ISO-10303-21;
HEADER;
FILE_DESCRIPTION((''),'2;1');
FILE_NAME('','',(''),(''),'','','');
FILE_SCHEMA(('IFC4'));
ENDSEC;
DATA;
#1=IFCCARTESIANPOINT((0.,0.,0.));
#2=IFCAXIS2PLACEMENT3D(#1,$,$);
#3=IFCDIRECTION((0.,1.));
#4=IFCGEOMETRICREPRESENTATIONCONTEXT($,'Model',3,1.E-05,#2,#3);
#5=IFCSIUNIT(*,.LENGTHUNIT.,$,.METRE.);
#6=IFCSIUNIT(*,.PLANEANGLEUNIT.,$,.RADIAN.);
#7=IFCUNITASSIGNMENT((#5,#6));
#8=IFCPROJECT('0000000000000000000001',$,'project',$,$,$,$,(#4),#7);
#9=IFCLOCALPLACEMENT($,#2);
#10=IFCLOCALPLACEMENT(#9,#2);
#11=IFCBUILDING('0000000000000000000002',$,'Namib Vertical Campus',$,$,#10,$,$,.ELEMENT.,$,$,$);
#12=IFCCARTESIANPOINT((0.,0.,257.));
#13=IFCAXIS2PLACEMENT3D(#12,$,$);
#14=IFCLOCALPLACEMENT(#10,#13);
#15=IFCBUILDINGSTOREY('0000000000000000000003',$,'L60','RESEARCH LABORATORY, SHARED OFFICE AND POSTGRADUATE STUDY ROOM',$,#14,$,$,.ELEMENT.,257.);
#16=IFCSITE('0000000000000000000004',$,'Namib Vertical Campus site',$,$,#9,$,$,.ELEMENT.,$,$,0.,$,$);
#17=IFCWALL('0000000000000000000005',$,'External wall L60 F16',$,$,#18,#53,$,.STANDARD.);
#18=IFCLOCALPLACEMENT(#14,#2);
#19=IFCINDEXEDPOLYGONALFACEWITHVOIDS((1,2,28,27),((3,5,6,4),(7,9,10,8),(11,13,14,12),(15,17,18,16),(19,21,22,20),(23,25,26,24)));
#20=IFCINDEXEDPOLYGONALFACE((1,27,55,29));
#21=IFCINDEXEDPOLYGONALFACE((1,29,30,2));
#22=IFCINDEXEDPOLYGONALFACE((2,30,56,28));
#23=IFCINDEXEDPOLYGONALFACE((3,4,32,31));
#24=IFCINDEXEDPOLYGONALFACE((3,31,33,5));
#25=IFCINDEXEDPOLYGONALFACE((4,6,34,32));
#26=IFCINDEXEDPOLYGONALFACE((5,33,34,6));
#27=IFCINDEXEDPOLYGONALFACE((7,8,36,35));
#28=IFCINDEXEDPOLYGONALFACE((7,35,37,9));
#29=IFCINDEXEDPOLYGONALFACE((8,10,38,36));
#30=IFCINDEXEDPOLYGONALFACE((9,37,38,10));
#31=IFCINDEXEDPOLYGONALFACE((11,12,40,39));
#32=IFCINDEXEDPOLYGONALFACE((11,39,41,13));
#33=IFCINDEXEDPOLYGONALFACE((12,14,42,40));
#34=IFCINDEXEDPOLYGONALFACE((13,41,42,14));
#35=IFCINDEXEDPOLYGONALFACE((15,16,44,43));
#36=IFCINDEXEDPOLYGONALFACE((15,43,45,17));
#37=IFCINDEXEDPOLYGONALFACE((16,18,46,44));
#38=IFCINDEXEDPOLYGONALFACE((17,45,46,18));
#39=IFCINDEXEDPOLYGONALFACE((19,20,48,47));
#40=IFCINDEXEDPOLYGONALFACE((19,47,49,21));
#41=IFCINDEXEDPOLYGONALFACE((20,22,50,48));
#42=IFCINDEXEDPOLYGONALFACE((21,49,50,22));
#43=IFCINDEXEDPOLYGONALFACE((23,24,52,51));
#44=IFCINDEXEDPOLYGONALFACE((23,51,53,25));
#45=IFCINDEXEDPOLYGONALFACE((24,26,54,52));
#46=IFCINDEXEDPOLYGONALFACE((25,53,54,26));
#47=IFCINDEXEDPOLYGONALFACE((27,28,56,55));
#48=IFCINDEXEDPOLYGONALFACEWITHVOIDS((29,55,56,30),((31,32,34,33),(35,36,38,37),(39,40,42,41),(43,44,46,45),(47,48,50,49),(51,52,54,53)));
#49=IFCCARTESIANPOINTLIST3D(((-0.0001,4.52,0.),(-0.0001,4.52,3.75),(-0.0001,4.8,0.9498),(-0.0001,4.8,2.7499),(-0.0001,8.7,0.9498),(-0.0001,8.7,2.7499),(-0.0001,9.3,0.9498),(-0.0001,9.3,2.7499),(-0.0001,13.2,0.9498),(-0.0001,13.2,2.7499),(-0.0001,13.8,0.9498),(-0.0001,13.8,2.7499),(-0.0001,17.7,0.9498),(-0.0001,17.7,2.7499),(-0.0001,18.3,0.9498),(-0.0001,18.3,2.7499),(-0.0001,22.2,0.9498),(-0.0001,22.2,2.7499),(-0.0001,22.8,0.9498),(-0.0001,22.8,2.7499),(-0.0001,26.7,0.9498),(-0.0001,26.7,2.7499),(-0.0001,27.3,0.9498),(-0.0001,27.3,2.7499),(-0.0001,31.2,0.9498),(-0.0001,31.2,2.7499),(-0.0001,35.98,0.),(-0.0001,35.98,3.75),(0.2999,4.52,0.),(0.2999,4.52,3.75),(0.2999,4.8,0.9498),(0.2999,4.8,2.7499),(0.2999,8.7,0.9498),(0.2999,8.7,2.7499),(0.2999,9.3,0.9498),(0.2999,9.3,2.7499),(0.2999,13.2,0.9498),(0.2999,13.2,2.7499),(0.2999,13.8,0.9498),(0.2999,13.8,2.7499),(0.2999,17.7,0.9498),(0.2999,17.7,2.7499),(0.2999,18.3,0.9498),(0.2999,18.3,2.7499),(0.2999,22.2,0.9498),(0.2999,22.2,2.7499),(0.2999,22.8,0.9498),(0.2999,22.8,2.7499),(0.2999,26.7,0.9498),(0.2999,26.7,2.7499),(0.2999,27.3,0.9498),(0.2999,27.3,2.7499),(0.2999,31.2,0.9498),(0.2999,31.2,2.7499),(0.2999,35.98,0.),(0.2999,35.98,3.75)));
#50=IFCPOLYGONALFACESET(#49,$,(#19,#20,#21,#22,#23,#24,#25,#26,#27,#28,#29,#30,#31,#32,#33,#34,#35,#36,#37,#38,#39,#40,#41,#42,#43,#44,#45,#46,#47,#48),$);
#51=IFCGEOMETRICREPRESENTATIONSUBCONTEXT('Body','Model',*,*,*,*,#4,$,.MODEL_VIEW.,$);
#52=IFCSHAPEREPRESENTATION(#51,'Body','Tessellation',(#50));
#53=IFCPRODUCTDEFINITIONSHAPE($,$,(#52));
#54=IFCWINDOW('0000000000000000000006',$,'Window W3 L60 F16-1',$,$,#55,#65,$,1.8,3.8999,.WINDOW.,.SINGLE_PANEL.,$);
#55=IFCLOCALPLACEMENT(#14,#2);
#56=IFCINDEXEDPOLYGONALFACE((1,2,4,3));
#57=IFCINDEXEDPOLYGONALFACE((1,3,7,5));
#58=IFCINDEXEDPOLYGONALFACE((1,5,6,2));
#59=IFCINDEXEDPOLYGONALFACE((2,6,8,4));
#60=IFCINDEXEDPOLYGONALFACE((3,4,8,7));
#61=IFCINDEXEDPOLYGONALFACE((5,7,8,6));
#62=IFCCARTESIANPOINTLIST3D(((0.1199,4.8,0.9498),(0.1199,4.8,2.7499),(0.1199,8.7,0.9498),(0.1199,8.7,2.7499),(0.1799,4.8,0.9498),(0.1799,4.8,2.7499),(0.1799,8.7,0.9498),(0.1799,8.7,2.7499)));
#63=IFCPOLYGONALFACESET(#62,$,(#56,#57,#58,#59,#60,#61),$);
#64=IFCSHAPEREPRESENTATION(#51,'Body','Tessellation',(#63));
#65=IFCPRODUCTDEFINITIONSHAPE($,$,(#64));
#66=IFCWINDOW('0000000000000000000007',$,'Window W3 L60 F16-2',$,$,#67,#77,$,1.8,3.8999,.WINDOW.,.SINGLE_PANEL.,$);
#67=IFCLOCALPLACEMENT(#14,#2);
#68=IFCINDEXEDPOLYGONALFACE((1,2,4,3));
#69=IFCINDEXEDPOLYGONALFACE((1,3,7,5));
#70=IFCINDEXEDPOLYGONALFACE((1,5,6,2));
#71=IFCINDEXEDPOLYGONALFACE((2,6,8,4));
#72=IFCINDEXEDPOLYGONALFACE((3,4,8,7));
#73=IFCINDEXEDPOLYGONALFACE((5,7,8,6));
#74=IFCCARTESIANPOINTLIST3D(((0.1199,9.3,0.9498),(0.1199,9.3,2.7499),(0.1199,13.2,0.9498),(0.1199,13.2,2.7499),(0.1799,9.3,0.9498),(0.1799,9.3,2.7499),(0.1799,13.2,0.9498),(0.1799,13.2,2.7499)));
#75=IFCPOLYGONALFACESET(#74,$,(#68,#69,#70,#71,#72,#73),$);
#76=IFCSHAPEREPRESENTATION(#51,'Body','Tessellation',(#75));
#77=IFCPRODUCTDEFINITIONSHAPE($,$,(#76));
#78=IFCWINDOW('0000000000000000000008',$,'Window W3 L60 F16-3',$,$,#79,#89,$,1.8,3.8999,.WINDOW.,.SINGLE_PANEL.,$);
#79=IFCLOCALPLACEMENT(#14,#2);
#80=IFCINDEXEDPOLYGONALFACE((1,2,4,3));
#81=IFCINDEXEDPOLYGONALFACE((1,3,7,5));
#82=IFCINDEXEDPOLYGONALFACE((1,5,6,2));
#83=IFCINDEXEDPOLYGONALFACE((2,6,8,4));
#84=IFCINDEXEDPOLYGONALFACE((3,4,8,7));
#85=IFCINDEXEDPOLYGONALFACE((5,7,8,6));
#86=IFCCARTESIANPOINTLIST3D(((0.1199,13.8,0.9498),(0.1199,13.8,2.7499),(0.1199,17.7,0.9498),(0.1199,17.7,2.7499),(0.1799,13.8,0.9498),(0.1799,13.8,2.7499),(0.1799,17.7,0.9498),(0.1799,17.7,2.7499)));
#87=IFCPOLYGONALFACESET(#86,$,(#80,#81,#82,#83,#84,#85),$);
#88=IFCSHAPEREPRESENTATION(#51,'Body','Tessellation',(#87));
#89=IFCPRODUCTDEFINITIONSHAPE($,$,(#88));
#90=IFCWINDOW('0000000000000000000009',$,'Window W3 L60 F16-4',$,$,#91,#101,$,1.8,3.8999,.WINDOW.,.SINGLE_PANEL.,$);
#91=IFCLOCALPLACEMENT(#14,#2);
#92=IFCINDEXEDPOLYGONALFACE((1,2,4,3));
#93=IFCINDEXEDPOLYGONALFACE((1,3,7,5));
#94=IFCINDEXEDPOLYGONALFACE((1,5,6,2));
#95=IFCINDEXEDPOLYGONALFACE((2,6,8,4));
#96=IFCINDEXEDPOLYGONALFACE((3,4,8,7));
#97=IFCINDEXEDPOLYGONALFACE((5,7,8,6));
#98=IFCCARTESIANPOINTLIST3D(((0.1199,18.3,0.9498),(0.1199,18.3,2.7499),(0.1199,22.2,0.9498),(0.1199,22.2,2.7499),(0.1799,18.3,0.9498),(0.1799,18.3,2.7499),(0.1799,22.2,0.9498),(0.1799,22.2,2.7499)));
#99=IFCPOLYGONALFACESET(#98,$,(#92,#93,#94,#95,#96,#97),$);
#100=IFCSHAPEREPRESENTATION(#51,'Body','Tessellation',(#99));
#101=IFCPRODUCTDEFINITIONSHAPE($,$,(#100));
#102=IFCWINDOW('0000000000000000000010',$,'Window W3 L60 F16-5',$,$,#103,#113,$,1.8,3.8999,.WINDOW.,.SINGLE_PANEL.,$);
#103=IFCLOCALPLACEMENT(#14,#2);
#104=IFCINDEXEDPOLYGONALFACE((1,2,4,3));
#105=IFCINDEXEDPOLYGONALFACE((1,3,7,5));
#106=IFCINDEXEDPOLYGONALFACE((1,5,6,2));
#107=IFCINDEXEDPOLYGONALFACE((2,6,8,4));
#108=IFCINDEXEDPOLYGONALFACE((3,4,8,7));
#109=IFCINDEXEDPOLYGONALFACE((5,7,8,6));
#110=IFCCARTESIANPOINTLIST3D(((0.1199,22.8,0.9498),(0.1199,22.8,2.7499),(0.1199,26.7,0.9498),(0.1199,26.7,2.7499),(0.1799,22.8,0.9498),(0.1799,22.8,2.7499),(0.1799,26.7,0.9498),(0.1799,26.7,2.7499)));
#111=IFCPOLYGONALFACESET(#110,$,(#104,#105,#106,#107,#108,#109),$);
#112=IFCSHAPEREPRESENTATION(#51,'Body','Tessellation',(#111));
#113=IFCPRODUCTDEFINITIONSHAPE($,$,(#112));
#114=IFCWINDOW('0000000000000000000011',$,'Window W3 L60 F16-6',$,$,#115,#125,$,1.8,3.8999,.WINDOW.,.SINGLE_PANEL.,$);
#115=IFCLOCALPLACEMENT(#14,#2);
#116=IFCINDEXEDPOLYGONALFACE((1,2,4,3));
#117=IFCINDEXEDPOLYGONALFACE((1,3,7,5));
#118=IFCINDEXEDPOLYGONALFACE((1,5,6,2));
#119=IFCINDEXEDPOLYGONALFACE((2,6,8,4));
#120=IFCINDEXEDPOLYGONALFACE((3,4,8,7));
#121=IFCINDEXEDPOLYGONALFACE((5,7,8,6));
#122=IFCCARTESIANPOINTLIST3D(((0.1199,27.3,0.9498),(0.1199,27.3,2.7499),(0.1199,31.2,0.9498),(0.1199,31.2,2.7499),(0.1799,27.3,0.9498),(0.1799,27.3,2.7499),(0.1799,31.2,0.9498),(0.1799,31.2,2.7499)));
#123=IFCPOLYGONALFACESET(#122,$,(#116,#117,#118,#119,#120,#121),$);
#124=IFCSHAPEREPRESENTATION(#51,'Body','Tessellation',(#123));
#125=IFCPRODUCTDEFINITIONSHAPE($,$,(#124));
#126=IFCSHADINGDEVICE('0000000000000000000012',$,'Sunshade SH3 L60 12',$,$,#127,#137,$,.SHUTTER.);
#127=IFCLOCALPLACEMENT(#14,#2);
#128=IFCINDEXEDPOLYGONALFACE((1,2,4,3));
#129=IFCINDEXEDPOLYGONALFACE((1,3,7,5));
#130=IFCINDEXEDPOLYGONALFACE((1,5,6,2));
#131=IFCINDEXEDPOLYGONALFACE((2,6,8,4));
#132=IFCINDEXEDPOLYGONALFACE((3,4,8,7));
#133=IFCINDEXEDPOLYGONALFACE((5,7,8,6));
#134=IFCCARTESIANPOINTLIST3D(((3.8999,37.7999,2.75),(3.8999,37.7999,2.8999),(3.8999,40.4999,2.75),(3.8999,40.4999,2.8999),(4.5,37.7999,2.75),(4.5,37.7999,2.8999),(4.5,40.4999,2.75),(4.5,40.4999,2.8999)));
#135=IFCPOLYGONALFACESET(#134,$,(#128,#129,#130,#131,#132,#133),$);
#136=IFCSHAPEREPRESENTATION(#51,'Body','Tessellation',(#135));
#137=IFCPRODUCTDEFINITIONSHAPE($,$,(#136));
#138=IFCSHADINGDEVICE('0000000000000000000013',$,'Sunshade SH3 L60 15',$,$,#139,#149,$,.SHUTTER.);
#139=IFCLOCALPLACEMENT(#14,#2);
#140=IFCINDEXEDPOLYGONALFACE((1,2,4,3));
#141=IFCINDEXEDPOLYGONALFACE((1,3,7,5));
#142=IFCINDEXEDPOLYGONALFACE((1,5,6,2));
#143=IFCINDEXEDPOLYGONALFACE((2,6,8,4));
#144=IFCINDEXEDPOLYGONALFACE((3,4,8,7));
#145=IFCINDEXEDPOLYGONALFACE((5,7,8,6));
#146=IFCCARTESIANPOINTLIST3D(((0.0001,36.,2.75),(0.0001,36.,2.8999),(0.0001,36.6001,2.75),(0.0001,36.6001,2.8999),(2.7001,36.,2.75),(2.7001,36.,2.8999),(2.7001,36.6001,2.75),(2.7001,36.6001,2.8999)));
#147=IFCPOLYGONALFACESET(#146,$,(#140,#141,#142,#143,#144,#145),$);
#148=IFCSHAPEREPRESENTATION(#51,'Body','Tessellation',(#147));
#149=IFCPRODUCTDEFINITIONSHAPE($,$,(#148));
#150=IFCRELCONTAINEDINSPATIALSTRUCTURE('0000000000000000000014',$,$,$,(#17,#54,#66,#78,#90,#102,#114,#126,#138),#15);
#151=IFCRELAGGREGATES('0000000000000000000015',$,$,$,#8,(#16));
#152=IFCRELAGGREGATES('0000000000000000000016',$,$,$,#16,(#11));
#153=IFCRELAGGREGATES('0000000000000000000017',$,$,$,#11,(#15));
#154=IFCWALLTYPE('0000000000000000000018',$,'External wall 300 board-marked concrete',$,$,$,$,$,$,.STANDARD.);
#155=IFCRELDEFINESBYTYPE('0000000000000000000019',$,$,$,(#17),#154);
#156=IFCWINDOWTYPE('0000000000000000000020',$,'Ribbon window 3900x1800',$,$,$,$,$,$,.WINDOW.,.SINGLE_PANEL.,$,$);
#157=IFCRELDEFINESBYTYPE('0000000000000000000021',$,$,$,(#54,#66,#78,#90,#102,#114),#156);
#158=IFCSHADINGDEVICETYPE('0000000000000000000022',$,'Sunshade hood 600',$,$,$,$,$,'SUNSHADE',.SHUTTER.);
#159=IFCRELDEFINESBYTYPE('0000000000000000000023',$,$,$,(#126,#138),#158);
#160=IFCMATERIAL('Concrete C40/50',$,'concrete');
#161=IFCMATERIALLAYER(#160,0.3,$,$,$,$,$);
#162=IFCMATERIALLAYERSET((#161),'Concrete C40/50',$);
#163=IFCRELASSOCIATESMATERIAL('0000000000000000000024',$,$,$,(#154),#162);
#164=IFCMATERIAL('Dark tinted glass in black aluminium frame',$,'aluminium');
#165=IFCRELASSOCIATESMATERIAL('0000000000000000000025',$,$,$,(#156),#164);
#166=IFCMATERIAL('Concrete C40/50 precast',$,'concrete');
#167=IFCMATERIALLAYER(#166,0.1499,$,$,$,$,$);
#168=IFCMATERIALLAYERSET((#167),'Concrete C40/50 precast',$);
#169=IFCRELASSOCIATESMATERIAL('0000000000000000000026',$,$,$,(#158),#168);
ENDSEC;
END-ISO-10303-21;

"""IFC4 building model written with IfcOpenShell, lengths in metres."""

from ifc_helpers import new_model, si_unit, direction, frame, frame_2d, origin, origin_2d, place, context, subcontext, project, spatial, rectangle, extrude, material, layer, layer_set, type_object, element, fill, save


model = new_model("IFC4")

# Units and contexts
model_context = context("Model", 3, precision=1e-05, world=origin(), true_north=direction((0.0, 1.0)))
body_context = subcontext(model_context, "Body", "Model", "MODEL_VIEW")
ifc_project = project(units=[si_unit("LENGTHUNIT", "METRE"), si_unit("PLANEANGLEUNIT", "RADIAN")], contexts=[model_context])

# Site, building, storey
site_placement = place(None, origin())
site = spatial("IfcSite", under=ifc_project, at=site_placement, Name="Namib Vertical Campus site", CompositionType="ELEMENT", RefElevation=0.0)
building_placement = place(site_placement, origin())
building = spatial("IfcBuilding", under=site, at=building_placement, Name="Namib Vertical Campus", CompositionType="ELEMENT")
storey_placement = place(building_placement, frame((0.0, 0.0, 257.0)))
storey = spatial("IfcBuildingStorey", under=building, at=storey_placement, Name="L60", Description="RESEARCH LABORATORY, SHARED OFFICE AND POSTGRADUATE STUDY ROOM", CompositionType="ELEMENT", Elevation=257.0)

# Shared definitions
ifc_material_1 = material(Name="Concrete C40/50", Category="concrete")
ifc_layer_1 = layer(ifc_material_1, 0.3)
ifc_layer_set_1 = layer_set([ifc_layer_1], Name="Concrete C40/50")
wall_type_1 = type_object("IfcWallType", Name="External wall 300 board-marked concrete", PredefinedType="STANDARD", material=ifc_layer_set_1)

# Wall, openings, windows
wall_1_placement = place(storey_placement, frame((0.1499, 35.98, 0.0), z_axis=(0.0, 0.0, 1.0), x_axis=(0.0, -1.0, 0.0)))
wall_1 = element("IfcWall", 1, at=wall_1_placement, inside=storey, type_object=wall_type_1, Name="External wall L60 F16", PredefinedType="STANDARD", context=body_context, shape_type="SweptSolid", body=[
    extrude(rectangle(XDim=31.46, YDim=0.3, at=frame_2d((15.73, 0.0))), origin(), (0.0, 0.0, 1.0), 3.75),
])
opening_1_placement = place(wall_1_placement, frame((27.28, 0.0, 0.95)))
opening_1 = element("IfcOpeningElement", 2, at=opening_1_placement, cuts=wall_1, PredefinedType="OPENING", context=body_context, shape_type="SweptSolid", body=[
    extrude(rectangle(XDim=3.8999, YDim=1.8, at=frame_2d((1.95, 0.8999))), frame((0.0, 0.1599, 0.0), z_axis=(0.0, -1.0, 0.0), x_axis=(1.0, 0.0, 0.0)), (0.0, 0.0, 1.0), 0.3201),
])
opening_2_placement = place(wall_1_placement, frame((22.78, 0.0, 0.95)))
opening_2 = element("IfcOpeningElement", 3, at=opening_2_placement, cuts=wall_1, PredefinedType="OPENING", context=body_context, shape_type="SweptSolid", body=[
    extrude(rectangle(XDim=3.8999, YDim=1.8, at=frame_2d((1.95, 0.8999))), frame((0.0, 0.1599, 0.0), z_axis=(0.0, -1.0, 0.0), x_axis=(1.0, 0.0, 0.0)), (0.0, 0.0, 1.0), 0.3201),
])
opening_3_placement = place(wall_1_placement, frame((18.28, 0.0, 0.95)))
opening_3 = element("IfcOpeningElement", 4, at=opening_3_placement, cuts=wall_1, PredefinedType="OPENING", context=body_context, shape_type="SweptSolid", body=[
    extrude(rectangle(XDim=3.8999, YDim=1.8, at=frame_2d((1.95, 0.8999))), frame((0.0, 0.1599, 0.0), z_axis=(0.0, -1.0, 0.0), x_axis=(1.0, 0.0, 0.0)), (0.0, 0.0, 1.0), 0.3201),
])
opening_4_placement = place(wall_1_placement, frame((13.78, 0.0, 0.95)))
opening_4 = element("IfcOpeningElement", 5, at=opening_4_placement, cuts=wall_1, PredefinedType="OPENING", context=body_context, shape_type="SweptSolid", body=[
    extrude(rectangle(XDim=3.8999, YDim=1.8, at=frame_2d((1.95, 0.8999))), frame((0.0, 0.1599, 0.0), z_axis=(0.0, -1.0, 0.0), x_axis=(1.0, 0.0, 0.0)), (0.0, 0.0, 1.0), 0.3201),
])
opening_5_placement = place(wall_1_placement, frame((9.28, 0.0, 0.95)))
opening_5 = element("IfcOpeningElement", 6, at=opening_5_placement, cuts=wall_1, PredefinedType="OPENING", context=body_context, shape_type="SweptSolid", body=[
    extrude(rectangle(XDim=3.8999, YDim=1.8, at=frame_2d((1.95, 0.8999))), frame((0.0, 0.1599, 0.0), z_axis=(0.0, -1.0, 0.0), x_axis=(1.0, 0.0, 0.0)), (0.0, 0.0, 1.0), 0.3201),
])
opening_6_placement = place(wall_1_placement, frame((4.78, 0.0, 0.95)))
opening_6 = element("IfcOpeningElement", 7, at=opening_6_placement, cuts=wall_1, PredefinedType="OPENING", context=body_context, shape_type="SweptSolid", body=[
    extrude(rectangle(XDim=3.8999, YDim=1.8, at=frame_2d((1.95, 0.8999))), frame((0.0, 0.1599, 0.0), z_axis=(0.0, -1.0, 0.0), x_axis=(1.0, 0.0, 0.0)), (0.0, 0.0, 1.0), 0.3201),
])
ifc_material_2 = material(Name="Dark tinted glass in black aluminium frame", Category="aluminium")
window_type = type_object("IfcWindowType", Name="Ribbon window 3900x1800", PartitioningType="SINGLE_PANEL", PredefinedType="WINDOW", material=ifc_material_2)
window_1_placement = place(opening_1_placement, origin())
window_1 = element("IfcWindow", 8, at=window_1_placement, inside=storey, type_object=window_type, Name="Window W3 L60 F16-1", OverallHeight=1.8, OverallWidth=3.8999, PartitioningType="SINGLE_PANEL", PredefinedType="WINDOW", context=body_context, shape_type="SweptSolid", body=[
    extrude(rectangle(XDim=3.8999, YDim=1.8, at=frame_2d((1.95, 0.8999))), frame((0.0, 0.03, 0.0), z_axis=(0.0, -1.0, 0.0), x_axis=(1.0, 0.0, 0.0)), (0.0, 0.0, 1.0), 0.0601),
])
fill(opening_1, window_1)
window_2_placement = place(opening_2_placement, origin())
window_2 = element("IfcWindow", 9, at=window_2_placement, inside=storey, type_object=window_type, Name="Window W3 L60 F16-2", OverallHeight=1.8, OverallWidth=3.8999, PartitioningType="SINGLE_PANEL", PredefinedType="WINDOW", context=body_context, shape_type="SweptSolid", body=[
    extrude(rectangle(XDim=3.8999, YDim=1.8, at=frame_2d((1.95, 0.8999))), frame((0.0, 0.03, 0.0), z_axis=(0.0, -1.0, 0.0), x_axis=(1.0, 0.0, 0.0)), (0.0, 0.0, 1.0), 0.0601),
])
fill(opening_2, window_2)
window_3_placement = place(opening_3_placement, origin())
window_3 = element("IfcWindow", 10, at=window_3_placement, inside=storey, type_object=window_type, Name="Window W3 L60 F16-3", OverallHeight=1.8, OverallWidth=3.8999, PartitioningType="SINGLE_PANEL", PredefinedType="WINDOW", context=body_context, shape_type="SweptSolid", body=[
    extrude(rectangle(XDim=3.8999, YDim=1.8, at=frame_2d((1.95, 0.8999))), frame((0.0, 0.03, 0.0), z_axis=(0.0, -1.0, 0.0), x_axis=(1.0, 0.0, 0.0)), (0.0, 0.0, 1.0), 0.0601),
])
fill(opening_3, window_3)
window_4_placement = place(opening_4_placement, origin())
window_4 = element("IfcWindow", 11, at=window_4_placement, inside=storey, type_object=window_type, Name="Window W3 L60 F16-4", OverallHeight=1.8, OverallWidth=3.8999, PartitioningType="SINGLE_PANEL", PredefinedType="WINDOW", context=body_context, shape_type="SweptSolid", body=[
    extrude(rectangle(XDim=3.8999, YDim=1.8, at=frame_2d((1.95, 0.8999))), frame((0.0, 0.03, 0.0), z_axis=(0.0, -1.0, 0.0), x_axis=(1.0, 0.0, 0.0)), (0.0, 0.0, 1.0), 0.0601),
])
fill(opening_4, window_4)
window_5_placement = place(opening_5_placement, origin())
window_5 = element("IfcWindow", 12, at=window_5_placement, inside=storey, type_object=window_type, Name="Window W3 L60 F16-5", OverallHeight=1.8, OverallWidth=3.8999, PartitioningType="SINGLE_PANEL", PredefinedType="WINDOW", context=body_context, shape_type="SweptSolid", body=[
    extrude(rectangle(XDim=3.8999, YDim=1.8, at=frame_2d((1.95, 0.8999))), frame((0.0, 0.03, 0.0), z_axis=(0.0, -1.0, 0.0), x_axis=(1.0, 0.0, 0.0)), (0.0, 0.0, 1.0), 0.0601),
])
fill(opening_5, window_5)
window_6_placement = place(opening_6_placement, origin())
window_6 = element("IfcWindow", 13, at=window_6_placement, inside=storey, type_object=window_type, Name="Window W3 L60 F16-6", OverallHeight=1.8, OverallWidth=3.8999, PartitioningType="SINGLE_PANEL", PredefinedType="WINDOW", context=body_context, shape_type="SweptSolid", body=[
    extrude(rectangle(XDim=3.8999, YDim=1.8, at=frame_2d((1.95, 0.8999))), frame((0.0, 0.03, 0.0), z_axis=(0.0, -1.0, 0.0), x_axis=(1.0, 0.0, 0.0)), (0.0, 0.0, 1.0), 0.0601),
])
fill(opening_6, window_6)

# Shading devices
ifc_material_3 = material(Name="Concrete C40/50 precast", Category="concrete")
ifc_layer_2 = layer(ifc_material_3, 0.1499)
ifc_layer_set_2 = layer_set([ifc_layer_2], Name="Concrete C40/50 precast")
shading_device_type = type_object("IfcShadingDeviceType", Name="Sunshade hood 600", ElementType="SUNSHADE", PredefinedType="SHUTTER", material=ifc_layer_set_2)
for number, where, z_axis, x_axis, name in (
    (14, (4.2, 39.1499, 2.75), (0.0, 0.0, 1.0), (0.0, -1.0, 0.0), "Sunshade SH3 L60 12"),
    (15, (1.3501, 36.3, 2.75), (0.0, 0.0, 1.0), (-1.0, 0.0, 0.0), "Sunshade SH3 L60 15"),
):
    element("IfcShadingDevice", number, at=place(storey_placement, frame(where, z_axis=z_axis, x_axis=x_axis)), inside=storey, type_object=shading_device_type, Name=name, PredefinedType="SHUTTER", context=body_context, shape_type="SweptSolid", body=[
        extrude(rectangle(XDim=2.7, YDim=0.6001, at=origin_2d()), origin(), (0.0, 0.0, 1.0), 0.1499),
    ])

save(model, "model.ifc")
